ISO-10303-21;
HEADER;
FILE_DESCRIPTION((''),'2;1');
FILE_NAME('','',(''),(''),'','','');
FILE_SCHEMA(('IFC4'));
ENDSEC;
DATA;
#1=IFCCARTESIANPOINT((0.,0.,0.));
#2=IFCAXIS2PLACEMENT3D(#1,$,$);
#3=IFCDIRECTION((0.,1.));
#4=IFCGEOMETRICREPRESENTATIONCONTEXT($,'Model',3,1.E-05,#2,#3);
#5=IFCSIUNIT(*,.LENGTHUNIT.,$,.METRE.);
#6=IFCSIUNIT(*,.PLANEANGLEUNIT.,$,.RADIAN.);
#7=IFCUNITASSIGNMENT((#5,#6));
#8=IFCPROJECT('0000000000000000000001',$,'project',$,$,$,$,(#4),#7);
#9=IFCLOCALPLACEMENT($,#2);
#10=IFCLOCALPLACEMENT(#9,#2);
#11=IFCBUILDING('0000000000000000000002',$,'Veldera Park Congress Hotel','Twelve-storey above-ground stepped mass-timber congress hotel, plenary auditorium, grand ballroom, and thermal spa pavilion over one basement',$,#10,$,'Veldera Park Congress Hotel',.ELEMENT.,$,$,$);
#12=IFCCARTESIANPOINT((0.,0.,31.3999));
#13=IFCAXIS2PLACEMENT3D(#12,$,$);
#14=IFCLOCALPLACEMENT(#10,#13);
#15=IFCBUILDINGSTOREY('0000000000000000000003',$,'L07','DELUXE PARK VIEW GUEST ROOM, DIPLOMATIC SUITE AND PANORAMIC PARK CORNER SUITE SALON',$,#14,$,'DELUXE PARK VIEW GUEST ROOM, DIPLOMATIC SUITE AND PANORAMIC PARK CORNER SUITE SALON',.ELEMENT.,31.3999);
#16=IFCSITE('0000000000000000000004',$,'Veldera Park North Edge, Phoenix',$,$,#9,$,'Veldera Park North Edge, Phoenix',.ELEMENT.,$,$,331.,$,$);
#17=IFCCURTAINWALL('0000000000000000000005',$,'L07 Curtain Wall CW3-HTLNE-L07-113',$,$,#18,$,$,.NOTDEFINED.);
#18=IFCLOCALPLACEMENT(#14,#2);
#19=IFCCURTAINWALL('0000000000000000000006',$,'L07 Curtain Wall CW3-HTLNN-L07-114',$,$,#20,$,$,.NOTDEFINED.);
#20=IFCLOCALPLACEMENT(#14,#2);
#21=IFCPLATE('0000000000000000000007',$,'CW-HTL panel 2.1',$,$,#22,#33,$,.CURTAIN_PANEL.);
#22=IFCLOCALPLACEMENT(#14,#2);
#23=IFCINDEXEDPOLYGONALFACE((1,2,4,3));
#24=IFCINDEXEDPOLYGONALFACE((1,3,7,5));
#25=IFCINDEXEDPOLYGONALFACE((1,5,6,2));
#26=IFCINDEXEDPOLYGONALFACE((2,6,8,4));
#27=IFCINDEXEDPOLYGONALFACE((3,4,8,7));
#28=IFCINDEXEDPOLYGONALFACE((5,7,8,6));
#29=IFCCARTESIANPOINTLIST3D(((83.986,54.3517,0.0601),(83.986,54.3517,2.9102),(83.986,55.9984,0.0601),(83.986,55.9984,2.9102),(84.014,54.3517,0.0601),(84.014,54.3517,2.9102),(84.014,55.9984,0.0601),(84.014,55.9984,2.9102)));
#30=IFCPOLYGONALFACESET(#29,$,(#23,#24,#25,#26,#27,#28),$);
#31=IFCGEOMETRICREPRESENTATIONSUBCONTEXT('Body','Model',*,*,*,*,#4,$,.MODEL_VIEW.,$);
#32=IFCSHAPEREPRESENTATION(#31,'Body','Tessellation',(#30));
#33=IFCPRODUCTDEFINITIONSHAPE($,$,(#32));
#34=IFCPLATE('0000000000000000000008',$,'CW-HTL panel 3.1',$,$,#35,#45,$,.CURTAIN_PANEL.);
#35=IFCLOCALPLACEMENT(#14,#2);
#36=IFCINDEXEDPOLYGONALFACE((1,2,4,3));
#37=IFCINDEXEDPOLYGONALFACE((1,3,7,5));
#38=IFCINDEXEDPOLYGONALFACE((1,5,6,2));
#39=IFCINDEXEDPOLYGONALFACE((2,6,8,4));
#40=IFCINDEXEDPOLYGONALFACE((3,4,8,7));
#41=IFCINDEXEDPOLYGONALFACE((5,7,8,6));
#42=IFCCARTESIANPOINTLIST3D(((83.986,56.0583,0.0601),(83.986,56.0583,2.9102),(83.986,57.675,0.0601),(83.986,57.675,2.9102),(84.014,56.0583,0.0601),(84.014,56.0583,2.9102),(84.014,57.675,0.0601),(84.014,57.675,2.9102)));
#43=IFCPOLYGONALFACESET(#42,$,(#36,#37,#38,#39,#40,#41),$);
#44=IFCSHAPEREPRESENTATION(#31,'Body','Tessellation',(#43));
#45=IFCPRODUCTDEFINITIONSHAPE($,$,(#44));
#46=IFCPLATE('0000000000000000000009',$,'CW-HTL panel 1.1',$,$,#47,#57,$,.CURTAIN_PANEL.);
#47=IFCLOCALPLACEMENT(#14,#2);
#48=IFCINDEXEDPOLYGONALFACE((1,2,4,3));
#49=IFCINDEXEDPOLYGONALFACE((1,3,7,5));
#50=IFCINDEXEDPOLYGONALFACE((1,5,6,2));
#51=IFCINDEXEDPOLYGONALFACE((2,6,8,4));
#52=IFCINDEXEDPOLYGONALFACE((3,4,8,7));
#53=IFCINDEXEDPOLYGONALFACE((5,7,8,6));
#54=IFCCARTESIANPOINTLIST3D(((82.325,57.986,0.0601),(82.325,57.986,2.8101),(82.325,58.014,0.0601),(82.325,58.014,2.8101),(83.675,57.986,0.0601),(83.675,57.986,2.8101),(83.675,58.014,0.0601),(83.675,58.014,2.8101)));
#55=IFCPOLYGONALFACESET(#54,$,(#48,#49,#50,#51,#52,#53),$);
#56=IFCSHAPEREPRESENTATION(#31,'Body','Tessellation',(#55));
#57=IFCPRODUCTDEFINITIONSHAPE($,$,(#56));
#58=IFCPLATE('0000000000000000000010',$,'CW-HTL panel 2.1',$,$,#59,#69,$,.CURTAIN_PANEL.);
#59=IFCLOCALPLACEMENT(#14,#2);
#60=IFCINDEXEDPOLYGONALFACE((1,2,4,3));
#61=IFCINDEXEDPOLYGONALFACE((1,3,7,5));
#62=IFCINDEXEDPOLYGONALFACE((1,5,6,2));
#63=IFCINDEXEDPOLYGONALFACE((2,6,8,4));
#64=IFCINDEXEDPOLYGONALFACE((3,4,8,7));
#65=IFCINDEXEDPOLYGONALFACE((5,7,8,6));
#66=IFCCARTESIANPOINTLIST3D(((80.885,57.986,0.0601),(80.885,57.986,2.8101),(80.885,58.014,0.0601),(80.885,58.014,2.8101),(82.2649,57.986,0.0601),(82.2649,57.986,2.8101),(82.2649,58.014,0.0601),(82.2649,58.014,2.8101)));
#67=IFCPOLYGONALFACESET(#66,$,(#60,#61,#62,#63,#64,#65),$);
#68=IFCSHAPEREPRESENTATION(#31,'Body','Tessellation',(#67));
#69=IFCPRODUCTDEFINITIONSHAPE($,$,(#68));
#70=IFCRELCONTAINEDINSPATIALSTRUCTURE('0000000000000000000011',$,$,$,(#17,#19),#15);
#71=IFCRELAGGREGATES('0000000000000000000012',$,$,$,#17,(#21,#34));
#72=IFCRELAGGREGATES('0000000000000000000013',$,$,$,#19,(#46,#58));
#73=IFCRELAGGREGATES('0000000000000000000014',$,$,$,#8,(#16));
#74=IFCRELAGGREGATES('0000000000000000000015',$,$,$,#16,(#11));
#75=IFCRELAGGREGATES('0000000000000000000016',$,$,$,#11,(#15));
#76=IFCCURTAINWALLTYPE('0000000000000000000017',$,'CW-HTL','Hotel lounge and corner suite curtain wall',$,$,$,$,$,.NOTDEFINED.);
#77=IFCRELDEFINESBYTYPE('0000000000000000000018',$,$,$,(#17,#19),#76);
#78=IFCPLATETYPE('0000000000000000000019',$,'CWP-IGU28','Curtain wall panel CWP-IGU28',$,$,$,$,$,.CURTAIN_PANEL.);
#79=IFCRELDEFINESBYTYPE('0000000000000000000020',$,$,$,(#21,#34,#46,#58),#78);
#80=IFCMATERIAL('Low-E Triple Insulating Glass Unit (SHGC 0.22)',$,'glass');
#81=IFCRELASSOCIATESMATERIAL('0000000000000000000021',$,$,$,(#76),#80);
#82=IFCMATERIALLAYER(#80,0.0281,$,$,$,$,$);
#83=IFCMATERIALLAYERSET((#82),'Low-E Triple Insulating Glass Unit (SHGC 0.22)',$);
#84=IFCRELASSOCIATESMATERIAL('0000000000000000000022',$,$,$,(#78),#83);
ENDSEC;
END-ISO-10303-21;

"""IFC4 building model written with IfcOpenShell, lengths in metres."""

from ifc_helpers import new_model, si_unit, direction, frame, origin, origin_2d, place, context, subcontext, project, spatial, rectangle, extrude, material, layer, layer_set, type_object, element, aggregate, save


model = new_model("IFC4")

# Units and contexts
model_context = context("Model", 3, precision=1e-05, world=origin(), true_north=direction((0.0, 1.0)))
body_context = subcontext(model_context, "Body", "Model", "MODEL_VIEW")
ifc_project = project(units=[si_unit("LENGTHUNIT", "METRE"), si_unit("PLANEANGLEUNIT", "RADIAN")], contexts=[model_context])

# Site, building, storey
site_placement = place(None, origin())
site = spatial("IfcSite", under=ifc_project, at=site_placement, Name="Veldera Park North Edge, Phoenix", LongName="Veldera Park North Edge, Phoenix", CompositionType="ELEMENT", RefElevation=331.0)
building_placement = place(site_placement, origin())
building = spatial("IfcBuilding", under=site, at=building_placement, Name="Veldera Park Congress Hotel", Description="Twelve-storey above-ground stepped mass-timber congress hotel, plenary auditorium, grand ballroom, and thermal spa pavilion over one basement", LongName="Veldera Park Congress Hotel", CompositionType="ELEMENT")
storey_placement = place(building_placement, frame((0.0, 0.0, 31.3999)))
storey = spatial("IfcBuildingStorey", under=building, at=storey_placement, Name="L07", Description="DELUXE PARK VIEW GUEST ROOM, DIPLOMATIC SUITE AND PANORAMIC PARK CORNER SUITE SALON", LongName="DELUXE PARK VIEW GUEST ROOM, DIPLOMATIC SUITE AND PANORAMIC PARK CORNER SUITE SALON", CompositionType="ELEMENT", Elevation=31.3999)

# Curtain walls
ifc_material_1 = material(Name="Low-E Triple Insulating Glass Unit (SHGC 0.22)", Category="glass")
curtain_wall_type = type_object("IfcCurtainWallType", Name="CW-HTL", Description="Hotel lounge and corner suite curtain wall", PredefinedType="NOTDEFINED", material=ifc_material_1)
curtain_wall_1_placement = place(storey_placement, origin())
curtain_wall_1 = element("IfcCurtainWall", 1, at=curtain_wall_1_placement, inside=storey, type_object=curtain_wall_type, Name="L07 Curtain Wall CW3-HTLNE-L07-113", PredefinedType="NOTDEFINED")
curtain_wall_2_placement = place(storey_placement, origin())
curtain_wall_2 = element("IfcCurtainWall", 2, at=curtain_wall_2_placement, inside=storey, type_object=curtain_wall_type, Name="L07 Curtain Wall CW3-HTLNN-L07-114", PredefinedType="NOTDEFINED")

# Plates
ifc_layer = layer(ifc_material_1, 0.0281)
ifc_layer_set = layer_set([ifc_layer], Name="Low-E Triple Insulating Glass Unit (SHGC 0.22)")
plate_type = type_object("IfcPlateType", Name="CWP-IGU28", Description="Curtain wall panel CWP-IGU28", PredefinedType="CURTAIN_PANEL", material=ifc_layer_set)
plate_1_placement = place(storey_placement, frame((84.0, 55.175, 0.0601), z_axis=(0.0, 0.0, 1.0), x_axis=(0.0, 1.0, 0.0)))
plate_1 = element("IfcPlate", 3, at=plate_1_placement, type_object=plate_type, Name="CW-HTL panel 2.1", PredefinedType="CURTAIN_PANEL", context=body_context, shape_type="SweptSolid", body=[
    extrude(rectangle(XDim=1.6467, YDim=0.0281, at=origin_2d()), origin(), (0.0, 0.0, 1.0), 2.8501),
])
plate_2_placement = place(storey_placement, frame((84.0, 56.8667, 0.0601), z_axis=(0.0, 0.0, 1.0), x_axis=(0.0, 1.0, 0.0)))
plate_2 = element("IfcPlate", 4, at=plate_2_placement, type_object=plate_type, Name="CW-HTL panel 3.1", PredefinedType="CURTAIN_PANEL", context=body_context, shape_type="SweptSolid", body=[
    extrude(rectangle(XDim=1.6167, YDim=0.0281, at=origin_2d()), origin(), (0.0, 0.0, 1.0), 2.8501),
])
aggregate(curtain_wall_1, [plate_1, plate_2])
plate_3_placement = place(storey_placement, frame((83.0, 58.0, 0.0601), z_axis=(0.0, 0.0, 1.0), x_axis=(-1.0, 0.0, 0.0)))
plate_3 = element("IfcPlate", 5, at=plate_3_placement, type_object=plate_type, Name="CW-HTL panel 1.1", PredefinedType="CURTAIN_PANEL", context=body_context, shape_type="SweptSolid", body=[
    extrude(rectangle(XDim=1.3501, YDim=0.0281, at=origin_2d()), origin(), (0.0, 0.0, 1.0), 2.75),
])
plate_4_placement = place(storey_placement, frame((81.575, 58.0, 0.0601), z_axis=(0.0, 0.0, 1.0), x_axis=(-1.0, 0.0, 0.0)))
plate_4 = element("IfcPlate", 6, at=plate_4_placement, type_object=plate_type, Name="CW-HTL panel 2.1", PredefinedType="CURTAIN_PANEL", context=body_context, shape_type="SweptSolid", body=[
    extrude(rectangle(XDim=1.3799, YDim=0.0281, at=origin_2d()), origin(), (0.0, 0.0, 1.0), 2.75),
])
aggregate(curtain_wall_2, [plate_3, plate_4])

save(model, "model.ifc")
